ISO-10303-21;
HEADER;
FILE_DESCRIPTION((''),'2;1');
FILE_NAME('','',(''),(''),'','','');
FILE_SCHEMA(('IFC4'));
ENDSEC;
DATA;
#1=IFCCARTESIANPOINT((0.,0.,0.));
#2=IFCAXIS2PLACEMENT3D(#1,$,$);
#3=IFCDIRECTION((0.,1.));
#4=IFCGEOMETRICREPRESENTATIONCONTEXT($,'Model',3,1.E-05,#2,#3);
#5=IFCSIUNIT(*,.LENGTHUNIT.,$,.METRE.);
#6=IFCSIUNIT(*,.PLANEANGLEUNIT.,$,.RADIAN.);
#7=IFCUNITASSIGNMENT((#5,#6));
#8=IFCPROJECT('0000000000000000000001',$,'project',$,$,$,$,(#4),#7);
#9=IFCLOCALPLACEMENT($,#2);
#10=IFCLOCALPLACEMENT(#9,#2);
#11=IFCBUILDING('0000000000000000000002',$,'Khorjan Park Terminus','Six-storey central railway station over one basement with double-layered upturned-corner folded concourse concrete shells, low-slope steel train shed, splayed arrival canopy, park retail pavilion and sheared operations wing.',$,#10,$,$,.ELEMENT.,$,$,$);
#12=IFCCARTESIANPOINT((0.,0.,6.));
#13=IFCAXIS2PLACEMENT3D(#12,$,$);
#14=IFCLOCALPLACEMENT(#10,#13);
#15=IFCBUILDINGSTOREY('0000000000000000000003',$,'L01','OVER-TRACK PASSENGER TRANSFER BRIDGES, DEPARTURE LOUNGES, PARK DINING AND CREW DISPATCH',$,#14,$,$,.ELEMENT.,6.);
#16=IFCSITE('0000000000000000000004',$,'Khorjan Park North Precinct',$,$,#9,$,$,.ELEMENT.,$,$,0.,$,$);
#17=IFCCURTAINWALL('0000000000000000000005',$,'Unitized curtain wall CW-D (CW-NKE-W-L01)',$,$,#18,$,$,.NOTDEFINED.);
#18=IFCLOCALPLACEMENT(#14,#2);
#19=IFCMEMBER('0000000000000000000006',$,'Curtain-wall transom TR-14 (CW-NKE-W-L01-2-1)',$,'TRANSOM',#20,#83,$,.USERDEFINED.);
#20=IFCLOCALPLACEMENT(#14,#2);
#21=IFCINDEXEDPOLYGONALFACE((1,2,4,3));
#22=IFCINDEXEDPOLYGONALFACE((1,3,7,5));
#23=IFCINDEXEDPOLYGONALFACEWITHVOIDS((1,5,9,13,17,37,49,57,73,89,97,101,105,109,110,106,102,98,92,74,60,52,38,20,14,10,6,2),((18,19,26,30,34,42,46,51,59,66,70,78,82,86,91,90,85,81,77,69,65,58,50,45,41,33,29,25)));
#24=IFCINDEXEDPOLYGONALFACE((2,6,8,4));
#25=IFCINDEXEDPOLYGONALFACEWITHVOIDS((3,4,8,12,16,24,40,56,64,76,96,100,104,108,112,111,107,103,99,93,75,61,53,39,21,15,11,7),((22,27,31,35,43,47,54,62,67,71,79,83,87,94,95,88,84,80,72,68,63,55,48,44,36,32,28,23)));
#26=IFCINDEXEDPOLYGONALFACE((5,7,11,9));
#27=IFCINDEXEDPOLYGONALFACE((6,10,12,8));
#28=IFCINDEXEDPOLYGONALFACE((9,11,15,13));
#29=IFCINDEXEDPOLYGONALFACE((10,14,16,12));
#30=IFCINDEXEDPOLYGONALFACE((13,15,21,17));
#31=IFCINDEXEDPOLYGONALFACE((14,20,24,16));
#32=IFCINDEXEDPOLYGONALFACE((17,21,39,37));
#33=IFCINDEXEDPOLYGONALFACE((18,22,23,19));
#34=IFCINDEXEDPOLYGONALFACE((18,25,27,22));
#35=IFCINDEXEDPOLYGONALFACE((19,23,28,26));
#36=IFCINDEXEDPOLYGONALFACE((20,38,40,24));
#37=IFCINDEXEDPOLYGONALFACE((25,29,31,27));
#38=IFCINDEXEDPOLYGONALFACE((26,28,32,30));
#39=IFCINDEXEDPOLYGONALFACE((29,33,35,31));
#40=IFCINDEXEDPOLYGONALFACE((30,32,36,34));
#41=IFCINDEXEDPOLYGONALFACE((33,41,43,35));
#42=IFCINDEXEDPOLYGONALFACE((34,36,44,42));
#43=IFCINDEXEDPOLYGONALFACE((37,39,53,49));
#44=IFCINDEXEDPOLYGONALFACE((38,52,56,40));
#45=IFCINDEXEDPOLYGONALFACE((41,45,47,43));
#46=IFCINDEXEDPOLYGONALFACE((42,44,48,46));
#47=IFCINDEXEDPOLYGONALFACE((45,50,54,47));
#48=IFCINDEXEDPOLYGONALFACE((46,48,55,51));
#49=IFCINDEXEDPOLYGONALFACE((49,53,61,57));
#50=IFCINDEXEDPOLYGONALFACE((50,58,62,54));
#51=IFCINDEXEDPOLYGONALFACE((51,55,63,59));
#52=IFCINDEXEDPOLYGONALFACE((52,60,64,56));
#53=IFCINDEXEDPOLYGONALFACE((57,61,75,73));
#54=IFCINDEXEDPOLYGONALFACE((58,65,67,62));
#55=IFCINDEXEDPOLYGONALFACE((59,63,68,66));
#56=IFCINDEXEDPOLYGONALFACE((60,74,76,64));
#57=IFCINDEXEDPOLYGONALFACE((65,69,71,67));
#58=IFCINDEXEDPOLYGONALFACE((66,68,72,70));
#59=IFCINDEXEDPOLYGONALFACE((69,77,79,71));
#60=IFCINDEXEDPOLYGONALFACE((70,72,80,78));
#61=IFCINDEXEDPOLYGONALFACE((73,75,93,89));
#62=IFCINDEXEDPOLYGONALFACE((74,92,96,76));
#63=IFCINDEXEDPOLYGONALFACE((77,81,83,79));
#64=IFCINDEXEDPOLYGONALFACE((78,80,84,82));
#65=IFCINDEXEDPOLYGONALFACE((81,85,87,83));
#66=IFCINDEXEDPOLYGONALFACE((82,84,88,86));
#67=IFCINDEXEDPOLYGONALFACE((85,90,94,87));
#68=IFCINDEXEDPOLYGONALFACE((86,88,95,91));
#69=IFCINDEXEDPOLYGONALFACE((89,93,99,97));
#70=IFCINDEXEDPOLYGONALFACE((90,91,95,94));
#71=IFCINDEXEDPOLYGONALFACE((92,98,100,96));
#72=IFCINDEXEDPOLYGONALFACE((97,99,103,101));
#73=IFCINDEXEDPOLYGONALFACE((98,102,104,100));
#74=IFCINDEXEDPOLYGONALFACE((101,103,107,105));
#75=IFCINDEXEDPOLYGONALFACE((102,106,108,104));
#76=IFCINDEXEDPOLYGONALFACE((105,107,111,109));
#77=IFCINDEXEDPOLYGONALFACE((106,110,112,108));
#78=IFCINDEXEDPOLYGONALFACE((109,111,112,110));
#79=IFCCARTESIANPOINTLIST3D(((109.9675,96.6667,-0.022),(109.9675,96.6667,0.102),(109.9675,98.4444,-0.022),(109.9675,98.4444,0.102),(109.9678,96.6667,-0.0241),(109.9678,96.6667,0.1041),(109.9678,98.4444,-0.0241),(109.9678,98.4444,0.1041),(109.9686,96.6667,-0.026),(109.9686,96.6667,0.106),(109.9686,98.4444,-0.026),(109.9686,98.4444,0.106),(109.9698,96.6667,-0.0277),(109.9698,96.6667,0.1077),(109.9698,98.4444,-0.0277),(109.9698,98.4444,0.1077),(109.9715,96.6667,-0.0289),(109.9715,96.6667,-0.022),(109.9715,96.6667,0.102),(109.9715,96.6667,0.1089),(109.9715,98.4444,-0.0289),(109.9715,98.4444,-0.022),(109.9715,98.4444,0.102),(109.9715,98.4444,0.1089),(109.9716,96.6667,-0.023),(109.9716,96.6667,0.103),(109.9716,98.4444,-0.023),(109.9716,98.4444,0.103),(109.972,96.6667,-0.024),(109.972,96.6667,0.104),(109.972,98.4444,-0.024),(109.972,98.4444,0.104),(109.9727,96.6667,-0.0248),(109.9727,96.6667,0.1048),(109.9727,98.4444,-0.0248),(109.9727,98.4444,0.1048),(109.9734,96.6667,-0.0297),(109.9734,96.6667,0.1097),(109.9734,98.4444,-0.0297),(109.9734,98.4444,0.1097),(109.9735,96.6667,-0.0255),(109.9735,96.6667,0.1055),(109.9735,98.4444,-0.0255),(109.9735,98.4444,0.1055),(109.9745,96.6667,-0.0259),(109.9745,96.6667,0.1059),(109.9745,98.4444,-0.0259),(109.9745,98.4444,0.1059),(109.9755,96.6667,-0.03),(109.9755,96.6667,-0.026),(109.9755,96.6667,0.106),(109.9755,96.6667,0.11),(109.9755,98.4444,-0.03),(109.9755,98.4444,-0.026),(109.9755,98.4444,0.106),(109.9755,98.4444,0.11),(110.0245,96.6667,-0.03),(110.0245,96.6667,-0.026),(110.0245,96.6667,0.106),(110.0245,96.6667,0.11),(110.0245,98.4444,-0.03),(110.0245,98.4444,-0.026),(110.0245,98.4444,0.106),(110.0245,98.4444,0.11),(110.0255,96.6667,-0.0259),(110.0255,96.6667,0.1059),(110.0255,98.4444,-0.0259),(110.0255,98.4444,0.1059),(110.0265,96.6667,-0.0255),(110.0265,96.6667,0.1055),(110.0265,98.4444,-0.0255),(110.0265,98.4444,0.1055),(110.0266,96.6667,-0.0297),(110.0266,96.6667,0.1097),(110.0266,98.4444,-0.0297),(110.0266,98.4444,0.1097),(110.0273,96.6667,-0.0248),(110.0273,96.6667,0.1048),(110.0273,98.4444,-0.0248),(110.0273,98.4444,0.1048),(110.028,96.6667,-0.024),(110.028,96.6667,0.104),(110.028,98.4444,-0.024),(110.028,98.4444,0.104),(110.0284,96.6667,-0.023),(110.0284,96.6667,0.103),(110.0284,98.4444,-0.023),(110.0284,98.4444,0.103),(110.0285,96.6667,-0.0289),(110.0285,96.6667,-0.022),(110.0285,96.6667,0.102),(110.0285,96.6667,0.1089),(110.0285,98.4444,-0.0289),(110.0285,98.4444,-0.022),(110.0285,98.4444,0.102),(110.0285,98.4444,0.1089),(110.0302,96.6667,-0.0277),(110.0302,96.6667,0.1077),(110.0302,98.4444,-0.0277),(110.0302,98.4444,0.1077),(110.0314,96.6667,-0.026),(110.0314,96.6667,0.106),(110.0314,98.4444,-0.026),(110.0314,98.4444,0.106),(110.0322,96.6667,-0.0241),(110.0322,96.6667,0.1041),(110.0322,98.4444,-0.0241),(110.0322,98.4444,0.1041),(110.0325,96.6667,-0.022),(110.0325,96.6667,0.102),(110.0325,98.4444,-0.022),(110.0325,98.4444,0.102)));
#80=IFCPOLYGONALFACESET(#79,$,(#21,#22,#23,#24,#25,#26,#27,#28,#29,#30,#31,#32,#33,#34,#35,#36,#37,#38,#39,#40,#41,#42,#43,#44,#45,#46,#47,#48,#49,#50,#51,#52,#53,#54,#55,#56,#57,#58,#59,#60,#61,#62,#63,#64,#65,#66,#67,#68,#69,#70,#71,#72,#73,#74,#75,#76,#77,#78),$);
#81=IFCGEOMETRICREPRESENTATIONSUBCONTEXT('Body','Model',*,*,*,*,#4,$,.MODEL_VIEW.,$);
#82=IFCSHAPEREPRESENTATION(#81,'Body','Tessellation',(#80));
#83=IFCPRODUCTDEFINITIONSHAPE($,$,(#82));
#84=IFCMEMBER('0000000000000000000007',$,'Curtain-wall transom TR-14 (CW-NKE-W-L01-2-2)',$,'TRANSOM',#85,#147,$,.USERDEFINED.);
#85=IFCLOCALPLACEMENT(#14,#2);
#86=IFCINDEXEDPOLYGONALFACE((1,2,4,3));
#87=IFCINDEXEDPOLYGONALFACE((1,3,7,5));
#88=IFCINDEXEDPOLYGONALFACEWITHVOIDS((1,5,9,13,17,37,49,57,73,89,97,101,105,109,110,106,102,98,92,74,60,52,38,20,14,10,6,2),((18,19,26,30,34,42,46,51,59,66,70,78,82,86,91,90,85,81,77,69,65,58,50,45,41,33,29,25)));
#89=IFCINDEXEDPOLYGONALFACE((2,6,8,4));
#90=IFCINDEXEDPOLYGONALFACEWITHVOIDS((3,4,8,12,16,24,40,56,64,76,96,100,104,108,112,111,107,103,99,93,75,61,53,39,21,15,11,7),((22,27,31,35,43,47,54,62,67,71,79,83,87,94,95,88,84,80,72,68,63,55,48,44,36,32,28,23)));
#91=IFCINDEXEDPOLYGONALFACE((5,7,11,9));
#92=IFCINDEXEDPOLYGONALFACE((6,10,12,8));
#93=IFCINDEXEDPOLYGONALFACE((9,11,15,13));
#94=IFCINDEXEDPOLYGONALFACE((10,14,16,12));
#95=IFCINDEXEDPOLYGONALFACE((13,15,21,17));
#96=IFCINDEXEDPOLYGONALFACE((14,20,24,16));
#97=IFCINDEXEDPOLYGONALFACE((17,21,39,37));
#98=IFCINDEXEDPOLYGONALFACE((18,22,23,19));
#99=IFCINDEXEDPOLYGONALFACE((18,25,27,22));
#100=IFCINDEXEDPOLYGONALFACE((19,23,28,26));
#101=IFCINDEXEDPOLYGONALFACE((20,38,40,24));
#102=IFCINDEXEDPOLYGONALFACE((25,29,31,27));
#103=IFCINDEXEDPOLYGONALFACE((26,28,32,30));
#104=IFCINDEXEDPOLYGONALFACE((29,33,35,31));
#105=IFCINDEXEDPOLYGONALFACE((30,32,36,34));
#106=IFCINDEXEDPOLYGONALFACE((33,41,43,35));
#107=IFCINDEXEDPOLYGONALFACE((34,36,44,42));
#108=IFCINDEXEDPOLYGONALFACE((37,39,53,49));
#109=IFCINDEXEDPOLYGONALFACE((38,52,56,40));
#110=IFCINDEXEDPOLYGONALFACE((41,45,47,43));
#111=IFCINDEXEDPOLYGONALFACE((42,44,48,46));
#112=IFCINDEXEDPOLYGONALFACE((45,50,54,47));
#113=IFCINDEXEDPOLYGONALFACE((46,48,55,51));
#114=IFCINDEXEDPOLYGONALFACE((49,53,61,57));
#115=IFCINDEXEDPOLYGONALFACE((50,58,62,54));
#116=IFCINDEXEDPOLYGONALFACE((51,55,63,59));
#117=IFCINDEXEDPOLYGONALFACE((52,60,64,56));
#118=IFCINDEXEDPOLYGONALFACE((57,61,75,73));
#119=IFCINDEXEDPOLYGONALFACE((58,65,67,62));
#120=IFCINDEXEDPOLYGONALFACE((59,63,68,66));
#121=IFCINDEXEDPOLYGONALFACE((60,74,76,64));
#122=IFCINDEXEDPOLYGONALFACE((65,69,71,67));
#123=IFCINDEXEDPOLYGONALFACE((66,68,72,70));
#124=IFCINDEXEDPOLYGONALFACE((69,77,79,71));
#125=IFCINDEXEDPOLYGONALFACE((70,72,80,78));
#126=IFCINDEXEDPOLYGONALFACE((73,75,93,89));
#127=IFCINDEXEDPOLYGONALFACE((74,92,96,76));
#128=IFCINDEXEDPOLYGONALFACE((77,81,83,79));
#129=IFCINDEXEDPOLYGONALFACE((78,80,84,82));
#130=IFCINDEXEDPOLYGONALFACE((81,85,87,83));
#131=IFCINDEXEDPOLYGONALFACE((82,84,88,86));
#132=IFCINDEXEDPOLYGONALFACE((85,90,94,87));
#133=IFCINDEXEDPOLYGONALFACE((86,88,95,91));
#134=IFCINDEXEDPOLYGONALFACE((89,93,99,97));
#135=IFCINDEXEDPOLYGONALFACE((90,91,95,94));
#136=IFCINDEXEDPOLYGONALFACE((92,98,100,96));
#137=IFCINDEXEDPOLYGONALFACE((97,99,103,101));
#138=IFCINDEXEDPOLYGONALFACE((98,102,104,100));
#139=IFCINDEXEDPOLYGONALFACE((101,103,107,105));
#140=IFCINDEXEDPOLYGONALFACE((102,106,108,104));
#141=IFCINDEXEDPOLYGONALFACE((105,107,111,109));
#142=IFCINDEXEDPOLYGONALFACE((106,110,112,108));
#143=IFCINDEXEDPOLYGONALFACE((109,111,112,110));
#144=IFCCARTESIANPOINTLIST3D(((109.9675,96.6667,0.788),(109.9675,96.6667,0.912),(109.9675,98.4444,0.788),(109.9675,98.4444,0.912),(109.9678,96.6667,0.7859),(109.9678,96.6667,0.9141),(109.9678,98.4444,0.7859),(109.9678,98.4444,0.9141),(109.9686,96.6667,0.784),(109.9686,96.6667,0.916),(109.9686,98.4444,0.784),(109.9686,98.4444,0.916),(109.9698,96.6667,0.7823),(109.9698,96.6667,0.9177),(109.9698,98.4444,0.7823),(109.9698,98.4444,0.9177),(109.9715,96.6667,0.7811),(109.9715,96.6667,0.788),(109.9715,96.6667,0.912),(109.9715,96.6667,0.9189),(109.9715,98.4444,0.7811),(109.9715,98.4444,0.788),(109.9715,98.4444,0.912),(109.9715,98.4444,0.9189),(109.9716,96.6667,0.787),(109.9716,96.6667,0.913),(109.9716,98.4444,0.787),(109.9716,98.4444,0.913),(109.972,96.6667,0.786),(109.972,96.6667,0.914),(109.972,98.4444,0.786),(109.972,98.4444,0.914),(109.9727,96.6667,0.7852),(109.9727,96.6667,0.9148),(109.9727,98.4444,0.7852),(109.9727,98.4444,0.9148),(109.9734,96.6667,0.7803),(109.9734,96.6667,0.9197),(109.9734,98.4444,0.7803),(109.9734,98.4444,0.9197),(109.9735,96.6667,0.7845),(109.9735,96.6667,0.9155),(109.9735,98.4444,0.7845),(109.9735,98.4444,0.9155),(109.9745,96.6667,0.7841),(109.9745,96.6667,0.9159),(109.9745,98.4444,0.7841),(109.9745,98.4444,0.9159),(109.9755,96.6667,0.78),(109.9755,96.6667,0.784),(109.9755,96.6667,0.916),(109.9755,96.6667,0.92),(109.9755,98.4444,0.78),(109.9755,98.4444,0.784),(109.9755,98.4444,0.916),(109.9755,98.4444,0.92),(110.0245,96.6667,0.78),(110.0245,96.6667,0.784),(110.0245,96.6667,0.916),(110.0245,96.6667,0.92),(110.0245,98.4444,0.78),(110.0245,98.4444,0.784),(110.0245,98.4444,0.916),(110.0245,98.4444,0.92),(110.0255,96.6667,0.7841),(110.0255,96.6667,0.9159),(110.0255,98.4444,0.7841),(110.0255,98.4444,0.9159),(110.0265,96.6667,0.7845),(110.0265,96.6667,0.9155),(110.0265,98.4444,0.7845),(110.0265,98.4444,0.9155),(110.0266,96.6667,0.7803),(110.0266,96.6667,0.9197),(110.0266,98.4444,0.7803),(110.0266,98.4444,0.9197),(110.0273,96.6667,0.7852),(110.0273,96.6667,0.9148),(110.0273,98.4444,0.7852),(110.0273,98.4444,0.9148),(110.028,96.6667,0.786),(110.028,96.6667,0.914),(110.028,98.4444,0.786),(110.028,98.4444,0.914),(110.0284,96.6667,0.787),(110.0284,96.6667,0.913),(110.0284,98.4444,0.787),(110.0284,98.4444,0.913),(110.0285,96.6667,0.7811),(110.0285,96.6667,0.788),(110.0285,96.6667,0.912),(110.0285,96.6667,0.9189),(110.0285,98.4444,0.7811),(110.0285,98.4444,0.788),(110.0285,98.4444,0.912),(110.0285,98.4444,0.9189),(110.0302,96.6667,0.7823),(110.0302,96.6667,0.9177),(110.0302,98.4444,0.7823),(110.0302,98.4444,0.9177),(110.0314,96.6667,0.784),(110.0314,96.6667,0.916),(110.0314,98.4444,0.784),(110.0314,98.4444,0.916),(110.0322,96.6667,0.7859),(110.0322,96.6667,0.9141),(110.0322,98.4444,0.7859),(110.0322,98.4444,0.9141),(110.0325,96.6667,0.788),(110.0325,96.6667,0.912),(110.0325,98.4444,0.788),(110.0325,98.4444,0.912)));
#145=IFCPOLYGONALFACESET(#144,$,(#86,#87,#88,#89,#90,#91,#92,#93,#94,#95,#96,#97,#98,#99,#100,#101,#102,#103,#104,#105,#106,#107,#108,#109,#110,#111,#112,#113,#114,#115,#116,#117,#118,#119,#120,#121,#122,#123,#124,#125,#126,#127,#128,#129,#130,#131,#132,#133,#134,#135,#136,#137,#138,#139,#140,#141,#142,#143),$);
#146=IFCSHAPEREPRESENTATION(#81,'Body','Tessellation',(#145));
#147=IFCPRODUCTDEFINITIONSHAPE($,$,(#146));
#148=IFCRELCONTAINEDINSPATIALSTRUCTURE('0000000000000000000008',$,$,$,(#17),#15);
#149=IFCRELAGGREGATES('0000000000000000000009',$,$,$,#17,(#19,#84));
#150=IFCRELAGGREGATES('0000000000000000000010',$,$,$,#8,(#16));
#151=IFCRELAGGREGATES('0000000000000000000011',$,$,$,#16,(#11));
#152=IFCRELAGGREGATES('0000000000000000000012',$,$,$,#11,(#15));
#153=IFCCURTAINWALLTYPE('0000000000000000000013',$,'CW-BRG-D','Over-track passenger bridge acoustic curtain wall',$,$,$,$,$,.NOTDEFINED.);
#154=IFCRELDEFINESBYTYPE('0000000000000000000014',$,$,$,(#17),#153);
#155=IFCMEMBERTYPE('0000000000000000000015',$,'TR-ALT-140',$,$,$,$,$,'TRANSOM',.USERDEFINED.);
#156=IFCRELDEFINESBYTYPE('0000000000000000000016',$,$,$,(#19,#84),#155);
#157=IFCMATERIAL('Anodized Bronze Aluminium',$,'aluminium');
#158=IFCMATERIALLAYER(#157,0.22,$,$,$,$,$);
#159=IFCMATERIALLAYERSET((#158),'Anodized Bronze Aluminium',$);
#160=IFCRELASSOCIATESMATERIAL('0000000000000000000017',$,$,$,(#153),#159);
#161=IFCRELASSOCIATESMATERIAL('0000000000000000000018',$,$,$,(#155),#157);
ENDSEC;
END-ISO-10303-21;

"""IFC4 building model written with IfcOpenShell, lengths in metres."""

from ifc_helpers import new_model, si_unit, direction, frame, origin, origin_2d, place, context, subcontext, project, spatial, hollow_rectangle, extrude, material, layer, layer_set, material_profile, profile_set, type_object, element, aggregate, save


model = new_model("IFC4")

# Units and contexts
model_context = context("Model", 3, precision=1e-05, world=origin(), true_north=direction((0.0, 1.0)))
body_context = subcontext(model_context, "Body", "Model", "MODEL_VIEW")
ifc_project = project(units=[si_unit("LENGTHUNIT", "METRE"), si_unit("PLANEANGLEUNIT", "RADIAN")], contexts=[model_context])

# Site, building, storey
site_placement = place(None, origin())
site = spatial("IfcSite", under=ifc_project, at=site_placement, Name="Khorjan Park North Precinct", CompositionType="ELEMENT", RefElevation=0.0)
building_placement = place(site_placement, origin())
building = spatial("IfcBuilding", under=site, at=building_placement, Name="Khorjan Park Terminus", Description="Six-storey central railway station over one basement with double-layered upturned-corner folded concourse concrete shells, low-slope steel train shed, splayed arrival canopy, park retail pavilion and sheared operations wing.", CompositionType="ELEMENT")
storey_placement = place(building_placement, frame((0.0, 0.0, 6.0)))
storey = spatial("IfcBuildingStorey", under=building, at=storey_placement, Name="L01", Description="OVER-TRACK PASSENGER TRANSFER BRIDGES, DEPARTURE LOUNGES, PARK DINING AND CREW DISPATCH", CompositionType="ELEMENT", Elevation=6.0)

# Curtain wall, members
ifc_material_1 = material(Name="Anodized Bronze Aluminium", Category="aluminium")
ifc_layer_1 = layer(ifc_material_1, 0.22)
ifc_layer_set_1 = layer_set([ifc_layer_1], Name="Anodized Bronze Aluminium")
curtain_wall_type = type_object("IfcCurtainWallType", Name="CW-BRG-D", Description="Over-track passenger bridge acoustic curtain wall", PredefinedType="NOTDEFINED", material=ifc_layer_set_1)
curtain_wall_placement = place(storey_placement, origin())
curtain_wall = element("IfcCurtainWall", 1, at=curtain_wall_placement, inside=storey, type_object=curtain_wall_type, Name="Unitized curtain wall CW-D (CW-NKE-W-L01)", PredefinedType="NOTDEFINED")
ifc_material_profile_1 = material_profile(ifc_material_1, hollow_rectangle(XDim=0.065, YDim=0.14, WallThickness=0.004, InnerFilletRadius=0.004, OuterFilletRadius=0.008, at=origin_2d()), Name="ALT 65x140x4")
ifc_profile_set_1 = profile_set([ifc_material_profile_1], Name="Anodized Bronze Aluminium")
member_type_1 = type_object("IfcMemberType", Name="TR-ALT-140", ElementType="TRANSOM", PredefinedType="USERDEFINED", material=ifc_profile_set_1)
member_1_placement = place(storey_placement, frame((110.0, 98.4444, 0.04), z_axis=(0.0, -1.0, 0.0), x_axis=(1.0, 0.0, 0.0)))
member_1 = element("IfcMember", 2, at=member_1_placement, type_object=member_type_1, Name="Curtain-wall transom TR-14 (CW-NKE-W-L01-2-1)", ObjectType="TRANSOM", PredefinedType="USERDEFINED", context=body_context, shape_type="SweptSolid", body=[
    extrude(hollow_rectangle(XDim=0.065, YDim=0.14, WallThickness=0.004, InnerFilletRadius=0.004, OuterFilletRadius=0.008, at=origin_2d()), origin(), (0.0, 0.0, 1.0), 1.7777),
])
member_2_placement = place(storey_placement, frame((110.0, 98.4444, 0.85), z_axis=(0.0, -1.0, 0.0), x_axis=(1.0, 0.0, 0.0)))
member_2 = element("IfcMember", 3, at=member_2_placement, type_object=member_type_1, Name="Curtain-wall transom TR-14 (CW-NKE-W-L01-2-2)", ObjectType="TRANSOM", PredefinedType="USERDEFINED", context=body_context, shape_type="SweptSolid", body=[
    extrude(hollow_rectangle(XDim=0.065, YDim=0.14, WallThickness=0.004, InnerFilletRadius=0.004, OuterFilletRadius=0.008, at=origin_2d()), origin(), (0.0, 0.0, 1.0), 1.7777),
])
aggregate(curtain_wall, [member_1, member_2])

save(model, "model.ifc")
